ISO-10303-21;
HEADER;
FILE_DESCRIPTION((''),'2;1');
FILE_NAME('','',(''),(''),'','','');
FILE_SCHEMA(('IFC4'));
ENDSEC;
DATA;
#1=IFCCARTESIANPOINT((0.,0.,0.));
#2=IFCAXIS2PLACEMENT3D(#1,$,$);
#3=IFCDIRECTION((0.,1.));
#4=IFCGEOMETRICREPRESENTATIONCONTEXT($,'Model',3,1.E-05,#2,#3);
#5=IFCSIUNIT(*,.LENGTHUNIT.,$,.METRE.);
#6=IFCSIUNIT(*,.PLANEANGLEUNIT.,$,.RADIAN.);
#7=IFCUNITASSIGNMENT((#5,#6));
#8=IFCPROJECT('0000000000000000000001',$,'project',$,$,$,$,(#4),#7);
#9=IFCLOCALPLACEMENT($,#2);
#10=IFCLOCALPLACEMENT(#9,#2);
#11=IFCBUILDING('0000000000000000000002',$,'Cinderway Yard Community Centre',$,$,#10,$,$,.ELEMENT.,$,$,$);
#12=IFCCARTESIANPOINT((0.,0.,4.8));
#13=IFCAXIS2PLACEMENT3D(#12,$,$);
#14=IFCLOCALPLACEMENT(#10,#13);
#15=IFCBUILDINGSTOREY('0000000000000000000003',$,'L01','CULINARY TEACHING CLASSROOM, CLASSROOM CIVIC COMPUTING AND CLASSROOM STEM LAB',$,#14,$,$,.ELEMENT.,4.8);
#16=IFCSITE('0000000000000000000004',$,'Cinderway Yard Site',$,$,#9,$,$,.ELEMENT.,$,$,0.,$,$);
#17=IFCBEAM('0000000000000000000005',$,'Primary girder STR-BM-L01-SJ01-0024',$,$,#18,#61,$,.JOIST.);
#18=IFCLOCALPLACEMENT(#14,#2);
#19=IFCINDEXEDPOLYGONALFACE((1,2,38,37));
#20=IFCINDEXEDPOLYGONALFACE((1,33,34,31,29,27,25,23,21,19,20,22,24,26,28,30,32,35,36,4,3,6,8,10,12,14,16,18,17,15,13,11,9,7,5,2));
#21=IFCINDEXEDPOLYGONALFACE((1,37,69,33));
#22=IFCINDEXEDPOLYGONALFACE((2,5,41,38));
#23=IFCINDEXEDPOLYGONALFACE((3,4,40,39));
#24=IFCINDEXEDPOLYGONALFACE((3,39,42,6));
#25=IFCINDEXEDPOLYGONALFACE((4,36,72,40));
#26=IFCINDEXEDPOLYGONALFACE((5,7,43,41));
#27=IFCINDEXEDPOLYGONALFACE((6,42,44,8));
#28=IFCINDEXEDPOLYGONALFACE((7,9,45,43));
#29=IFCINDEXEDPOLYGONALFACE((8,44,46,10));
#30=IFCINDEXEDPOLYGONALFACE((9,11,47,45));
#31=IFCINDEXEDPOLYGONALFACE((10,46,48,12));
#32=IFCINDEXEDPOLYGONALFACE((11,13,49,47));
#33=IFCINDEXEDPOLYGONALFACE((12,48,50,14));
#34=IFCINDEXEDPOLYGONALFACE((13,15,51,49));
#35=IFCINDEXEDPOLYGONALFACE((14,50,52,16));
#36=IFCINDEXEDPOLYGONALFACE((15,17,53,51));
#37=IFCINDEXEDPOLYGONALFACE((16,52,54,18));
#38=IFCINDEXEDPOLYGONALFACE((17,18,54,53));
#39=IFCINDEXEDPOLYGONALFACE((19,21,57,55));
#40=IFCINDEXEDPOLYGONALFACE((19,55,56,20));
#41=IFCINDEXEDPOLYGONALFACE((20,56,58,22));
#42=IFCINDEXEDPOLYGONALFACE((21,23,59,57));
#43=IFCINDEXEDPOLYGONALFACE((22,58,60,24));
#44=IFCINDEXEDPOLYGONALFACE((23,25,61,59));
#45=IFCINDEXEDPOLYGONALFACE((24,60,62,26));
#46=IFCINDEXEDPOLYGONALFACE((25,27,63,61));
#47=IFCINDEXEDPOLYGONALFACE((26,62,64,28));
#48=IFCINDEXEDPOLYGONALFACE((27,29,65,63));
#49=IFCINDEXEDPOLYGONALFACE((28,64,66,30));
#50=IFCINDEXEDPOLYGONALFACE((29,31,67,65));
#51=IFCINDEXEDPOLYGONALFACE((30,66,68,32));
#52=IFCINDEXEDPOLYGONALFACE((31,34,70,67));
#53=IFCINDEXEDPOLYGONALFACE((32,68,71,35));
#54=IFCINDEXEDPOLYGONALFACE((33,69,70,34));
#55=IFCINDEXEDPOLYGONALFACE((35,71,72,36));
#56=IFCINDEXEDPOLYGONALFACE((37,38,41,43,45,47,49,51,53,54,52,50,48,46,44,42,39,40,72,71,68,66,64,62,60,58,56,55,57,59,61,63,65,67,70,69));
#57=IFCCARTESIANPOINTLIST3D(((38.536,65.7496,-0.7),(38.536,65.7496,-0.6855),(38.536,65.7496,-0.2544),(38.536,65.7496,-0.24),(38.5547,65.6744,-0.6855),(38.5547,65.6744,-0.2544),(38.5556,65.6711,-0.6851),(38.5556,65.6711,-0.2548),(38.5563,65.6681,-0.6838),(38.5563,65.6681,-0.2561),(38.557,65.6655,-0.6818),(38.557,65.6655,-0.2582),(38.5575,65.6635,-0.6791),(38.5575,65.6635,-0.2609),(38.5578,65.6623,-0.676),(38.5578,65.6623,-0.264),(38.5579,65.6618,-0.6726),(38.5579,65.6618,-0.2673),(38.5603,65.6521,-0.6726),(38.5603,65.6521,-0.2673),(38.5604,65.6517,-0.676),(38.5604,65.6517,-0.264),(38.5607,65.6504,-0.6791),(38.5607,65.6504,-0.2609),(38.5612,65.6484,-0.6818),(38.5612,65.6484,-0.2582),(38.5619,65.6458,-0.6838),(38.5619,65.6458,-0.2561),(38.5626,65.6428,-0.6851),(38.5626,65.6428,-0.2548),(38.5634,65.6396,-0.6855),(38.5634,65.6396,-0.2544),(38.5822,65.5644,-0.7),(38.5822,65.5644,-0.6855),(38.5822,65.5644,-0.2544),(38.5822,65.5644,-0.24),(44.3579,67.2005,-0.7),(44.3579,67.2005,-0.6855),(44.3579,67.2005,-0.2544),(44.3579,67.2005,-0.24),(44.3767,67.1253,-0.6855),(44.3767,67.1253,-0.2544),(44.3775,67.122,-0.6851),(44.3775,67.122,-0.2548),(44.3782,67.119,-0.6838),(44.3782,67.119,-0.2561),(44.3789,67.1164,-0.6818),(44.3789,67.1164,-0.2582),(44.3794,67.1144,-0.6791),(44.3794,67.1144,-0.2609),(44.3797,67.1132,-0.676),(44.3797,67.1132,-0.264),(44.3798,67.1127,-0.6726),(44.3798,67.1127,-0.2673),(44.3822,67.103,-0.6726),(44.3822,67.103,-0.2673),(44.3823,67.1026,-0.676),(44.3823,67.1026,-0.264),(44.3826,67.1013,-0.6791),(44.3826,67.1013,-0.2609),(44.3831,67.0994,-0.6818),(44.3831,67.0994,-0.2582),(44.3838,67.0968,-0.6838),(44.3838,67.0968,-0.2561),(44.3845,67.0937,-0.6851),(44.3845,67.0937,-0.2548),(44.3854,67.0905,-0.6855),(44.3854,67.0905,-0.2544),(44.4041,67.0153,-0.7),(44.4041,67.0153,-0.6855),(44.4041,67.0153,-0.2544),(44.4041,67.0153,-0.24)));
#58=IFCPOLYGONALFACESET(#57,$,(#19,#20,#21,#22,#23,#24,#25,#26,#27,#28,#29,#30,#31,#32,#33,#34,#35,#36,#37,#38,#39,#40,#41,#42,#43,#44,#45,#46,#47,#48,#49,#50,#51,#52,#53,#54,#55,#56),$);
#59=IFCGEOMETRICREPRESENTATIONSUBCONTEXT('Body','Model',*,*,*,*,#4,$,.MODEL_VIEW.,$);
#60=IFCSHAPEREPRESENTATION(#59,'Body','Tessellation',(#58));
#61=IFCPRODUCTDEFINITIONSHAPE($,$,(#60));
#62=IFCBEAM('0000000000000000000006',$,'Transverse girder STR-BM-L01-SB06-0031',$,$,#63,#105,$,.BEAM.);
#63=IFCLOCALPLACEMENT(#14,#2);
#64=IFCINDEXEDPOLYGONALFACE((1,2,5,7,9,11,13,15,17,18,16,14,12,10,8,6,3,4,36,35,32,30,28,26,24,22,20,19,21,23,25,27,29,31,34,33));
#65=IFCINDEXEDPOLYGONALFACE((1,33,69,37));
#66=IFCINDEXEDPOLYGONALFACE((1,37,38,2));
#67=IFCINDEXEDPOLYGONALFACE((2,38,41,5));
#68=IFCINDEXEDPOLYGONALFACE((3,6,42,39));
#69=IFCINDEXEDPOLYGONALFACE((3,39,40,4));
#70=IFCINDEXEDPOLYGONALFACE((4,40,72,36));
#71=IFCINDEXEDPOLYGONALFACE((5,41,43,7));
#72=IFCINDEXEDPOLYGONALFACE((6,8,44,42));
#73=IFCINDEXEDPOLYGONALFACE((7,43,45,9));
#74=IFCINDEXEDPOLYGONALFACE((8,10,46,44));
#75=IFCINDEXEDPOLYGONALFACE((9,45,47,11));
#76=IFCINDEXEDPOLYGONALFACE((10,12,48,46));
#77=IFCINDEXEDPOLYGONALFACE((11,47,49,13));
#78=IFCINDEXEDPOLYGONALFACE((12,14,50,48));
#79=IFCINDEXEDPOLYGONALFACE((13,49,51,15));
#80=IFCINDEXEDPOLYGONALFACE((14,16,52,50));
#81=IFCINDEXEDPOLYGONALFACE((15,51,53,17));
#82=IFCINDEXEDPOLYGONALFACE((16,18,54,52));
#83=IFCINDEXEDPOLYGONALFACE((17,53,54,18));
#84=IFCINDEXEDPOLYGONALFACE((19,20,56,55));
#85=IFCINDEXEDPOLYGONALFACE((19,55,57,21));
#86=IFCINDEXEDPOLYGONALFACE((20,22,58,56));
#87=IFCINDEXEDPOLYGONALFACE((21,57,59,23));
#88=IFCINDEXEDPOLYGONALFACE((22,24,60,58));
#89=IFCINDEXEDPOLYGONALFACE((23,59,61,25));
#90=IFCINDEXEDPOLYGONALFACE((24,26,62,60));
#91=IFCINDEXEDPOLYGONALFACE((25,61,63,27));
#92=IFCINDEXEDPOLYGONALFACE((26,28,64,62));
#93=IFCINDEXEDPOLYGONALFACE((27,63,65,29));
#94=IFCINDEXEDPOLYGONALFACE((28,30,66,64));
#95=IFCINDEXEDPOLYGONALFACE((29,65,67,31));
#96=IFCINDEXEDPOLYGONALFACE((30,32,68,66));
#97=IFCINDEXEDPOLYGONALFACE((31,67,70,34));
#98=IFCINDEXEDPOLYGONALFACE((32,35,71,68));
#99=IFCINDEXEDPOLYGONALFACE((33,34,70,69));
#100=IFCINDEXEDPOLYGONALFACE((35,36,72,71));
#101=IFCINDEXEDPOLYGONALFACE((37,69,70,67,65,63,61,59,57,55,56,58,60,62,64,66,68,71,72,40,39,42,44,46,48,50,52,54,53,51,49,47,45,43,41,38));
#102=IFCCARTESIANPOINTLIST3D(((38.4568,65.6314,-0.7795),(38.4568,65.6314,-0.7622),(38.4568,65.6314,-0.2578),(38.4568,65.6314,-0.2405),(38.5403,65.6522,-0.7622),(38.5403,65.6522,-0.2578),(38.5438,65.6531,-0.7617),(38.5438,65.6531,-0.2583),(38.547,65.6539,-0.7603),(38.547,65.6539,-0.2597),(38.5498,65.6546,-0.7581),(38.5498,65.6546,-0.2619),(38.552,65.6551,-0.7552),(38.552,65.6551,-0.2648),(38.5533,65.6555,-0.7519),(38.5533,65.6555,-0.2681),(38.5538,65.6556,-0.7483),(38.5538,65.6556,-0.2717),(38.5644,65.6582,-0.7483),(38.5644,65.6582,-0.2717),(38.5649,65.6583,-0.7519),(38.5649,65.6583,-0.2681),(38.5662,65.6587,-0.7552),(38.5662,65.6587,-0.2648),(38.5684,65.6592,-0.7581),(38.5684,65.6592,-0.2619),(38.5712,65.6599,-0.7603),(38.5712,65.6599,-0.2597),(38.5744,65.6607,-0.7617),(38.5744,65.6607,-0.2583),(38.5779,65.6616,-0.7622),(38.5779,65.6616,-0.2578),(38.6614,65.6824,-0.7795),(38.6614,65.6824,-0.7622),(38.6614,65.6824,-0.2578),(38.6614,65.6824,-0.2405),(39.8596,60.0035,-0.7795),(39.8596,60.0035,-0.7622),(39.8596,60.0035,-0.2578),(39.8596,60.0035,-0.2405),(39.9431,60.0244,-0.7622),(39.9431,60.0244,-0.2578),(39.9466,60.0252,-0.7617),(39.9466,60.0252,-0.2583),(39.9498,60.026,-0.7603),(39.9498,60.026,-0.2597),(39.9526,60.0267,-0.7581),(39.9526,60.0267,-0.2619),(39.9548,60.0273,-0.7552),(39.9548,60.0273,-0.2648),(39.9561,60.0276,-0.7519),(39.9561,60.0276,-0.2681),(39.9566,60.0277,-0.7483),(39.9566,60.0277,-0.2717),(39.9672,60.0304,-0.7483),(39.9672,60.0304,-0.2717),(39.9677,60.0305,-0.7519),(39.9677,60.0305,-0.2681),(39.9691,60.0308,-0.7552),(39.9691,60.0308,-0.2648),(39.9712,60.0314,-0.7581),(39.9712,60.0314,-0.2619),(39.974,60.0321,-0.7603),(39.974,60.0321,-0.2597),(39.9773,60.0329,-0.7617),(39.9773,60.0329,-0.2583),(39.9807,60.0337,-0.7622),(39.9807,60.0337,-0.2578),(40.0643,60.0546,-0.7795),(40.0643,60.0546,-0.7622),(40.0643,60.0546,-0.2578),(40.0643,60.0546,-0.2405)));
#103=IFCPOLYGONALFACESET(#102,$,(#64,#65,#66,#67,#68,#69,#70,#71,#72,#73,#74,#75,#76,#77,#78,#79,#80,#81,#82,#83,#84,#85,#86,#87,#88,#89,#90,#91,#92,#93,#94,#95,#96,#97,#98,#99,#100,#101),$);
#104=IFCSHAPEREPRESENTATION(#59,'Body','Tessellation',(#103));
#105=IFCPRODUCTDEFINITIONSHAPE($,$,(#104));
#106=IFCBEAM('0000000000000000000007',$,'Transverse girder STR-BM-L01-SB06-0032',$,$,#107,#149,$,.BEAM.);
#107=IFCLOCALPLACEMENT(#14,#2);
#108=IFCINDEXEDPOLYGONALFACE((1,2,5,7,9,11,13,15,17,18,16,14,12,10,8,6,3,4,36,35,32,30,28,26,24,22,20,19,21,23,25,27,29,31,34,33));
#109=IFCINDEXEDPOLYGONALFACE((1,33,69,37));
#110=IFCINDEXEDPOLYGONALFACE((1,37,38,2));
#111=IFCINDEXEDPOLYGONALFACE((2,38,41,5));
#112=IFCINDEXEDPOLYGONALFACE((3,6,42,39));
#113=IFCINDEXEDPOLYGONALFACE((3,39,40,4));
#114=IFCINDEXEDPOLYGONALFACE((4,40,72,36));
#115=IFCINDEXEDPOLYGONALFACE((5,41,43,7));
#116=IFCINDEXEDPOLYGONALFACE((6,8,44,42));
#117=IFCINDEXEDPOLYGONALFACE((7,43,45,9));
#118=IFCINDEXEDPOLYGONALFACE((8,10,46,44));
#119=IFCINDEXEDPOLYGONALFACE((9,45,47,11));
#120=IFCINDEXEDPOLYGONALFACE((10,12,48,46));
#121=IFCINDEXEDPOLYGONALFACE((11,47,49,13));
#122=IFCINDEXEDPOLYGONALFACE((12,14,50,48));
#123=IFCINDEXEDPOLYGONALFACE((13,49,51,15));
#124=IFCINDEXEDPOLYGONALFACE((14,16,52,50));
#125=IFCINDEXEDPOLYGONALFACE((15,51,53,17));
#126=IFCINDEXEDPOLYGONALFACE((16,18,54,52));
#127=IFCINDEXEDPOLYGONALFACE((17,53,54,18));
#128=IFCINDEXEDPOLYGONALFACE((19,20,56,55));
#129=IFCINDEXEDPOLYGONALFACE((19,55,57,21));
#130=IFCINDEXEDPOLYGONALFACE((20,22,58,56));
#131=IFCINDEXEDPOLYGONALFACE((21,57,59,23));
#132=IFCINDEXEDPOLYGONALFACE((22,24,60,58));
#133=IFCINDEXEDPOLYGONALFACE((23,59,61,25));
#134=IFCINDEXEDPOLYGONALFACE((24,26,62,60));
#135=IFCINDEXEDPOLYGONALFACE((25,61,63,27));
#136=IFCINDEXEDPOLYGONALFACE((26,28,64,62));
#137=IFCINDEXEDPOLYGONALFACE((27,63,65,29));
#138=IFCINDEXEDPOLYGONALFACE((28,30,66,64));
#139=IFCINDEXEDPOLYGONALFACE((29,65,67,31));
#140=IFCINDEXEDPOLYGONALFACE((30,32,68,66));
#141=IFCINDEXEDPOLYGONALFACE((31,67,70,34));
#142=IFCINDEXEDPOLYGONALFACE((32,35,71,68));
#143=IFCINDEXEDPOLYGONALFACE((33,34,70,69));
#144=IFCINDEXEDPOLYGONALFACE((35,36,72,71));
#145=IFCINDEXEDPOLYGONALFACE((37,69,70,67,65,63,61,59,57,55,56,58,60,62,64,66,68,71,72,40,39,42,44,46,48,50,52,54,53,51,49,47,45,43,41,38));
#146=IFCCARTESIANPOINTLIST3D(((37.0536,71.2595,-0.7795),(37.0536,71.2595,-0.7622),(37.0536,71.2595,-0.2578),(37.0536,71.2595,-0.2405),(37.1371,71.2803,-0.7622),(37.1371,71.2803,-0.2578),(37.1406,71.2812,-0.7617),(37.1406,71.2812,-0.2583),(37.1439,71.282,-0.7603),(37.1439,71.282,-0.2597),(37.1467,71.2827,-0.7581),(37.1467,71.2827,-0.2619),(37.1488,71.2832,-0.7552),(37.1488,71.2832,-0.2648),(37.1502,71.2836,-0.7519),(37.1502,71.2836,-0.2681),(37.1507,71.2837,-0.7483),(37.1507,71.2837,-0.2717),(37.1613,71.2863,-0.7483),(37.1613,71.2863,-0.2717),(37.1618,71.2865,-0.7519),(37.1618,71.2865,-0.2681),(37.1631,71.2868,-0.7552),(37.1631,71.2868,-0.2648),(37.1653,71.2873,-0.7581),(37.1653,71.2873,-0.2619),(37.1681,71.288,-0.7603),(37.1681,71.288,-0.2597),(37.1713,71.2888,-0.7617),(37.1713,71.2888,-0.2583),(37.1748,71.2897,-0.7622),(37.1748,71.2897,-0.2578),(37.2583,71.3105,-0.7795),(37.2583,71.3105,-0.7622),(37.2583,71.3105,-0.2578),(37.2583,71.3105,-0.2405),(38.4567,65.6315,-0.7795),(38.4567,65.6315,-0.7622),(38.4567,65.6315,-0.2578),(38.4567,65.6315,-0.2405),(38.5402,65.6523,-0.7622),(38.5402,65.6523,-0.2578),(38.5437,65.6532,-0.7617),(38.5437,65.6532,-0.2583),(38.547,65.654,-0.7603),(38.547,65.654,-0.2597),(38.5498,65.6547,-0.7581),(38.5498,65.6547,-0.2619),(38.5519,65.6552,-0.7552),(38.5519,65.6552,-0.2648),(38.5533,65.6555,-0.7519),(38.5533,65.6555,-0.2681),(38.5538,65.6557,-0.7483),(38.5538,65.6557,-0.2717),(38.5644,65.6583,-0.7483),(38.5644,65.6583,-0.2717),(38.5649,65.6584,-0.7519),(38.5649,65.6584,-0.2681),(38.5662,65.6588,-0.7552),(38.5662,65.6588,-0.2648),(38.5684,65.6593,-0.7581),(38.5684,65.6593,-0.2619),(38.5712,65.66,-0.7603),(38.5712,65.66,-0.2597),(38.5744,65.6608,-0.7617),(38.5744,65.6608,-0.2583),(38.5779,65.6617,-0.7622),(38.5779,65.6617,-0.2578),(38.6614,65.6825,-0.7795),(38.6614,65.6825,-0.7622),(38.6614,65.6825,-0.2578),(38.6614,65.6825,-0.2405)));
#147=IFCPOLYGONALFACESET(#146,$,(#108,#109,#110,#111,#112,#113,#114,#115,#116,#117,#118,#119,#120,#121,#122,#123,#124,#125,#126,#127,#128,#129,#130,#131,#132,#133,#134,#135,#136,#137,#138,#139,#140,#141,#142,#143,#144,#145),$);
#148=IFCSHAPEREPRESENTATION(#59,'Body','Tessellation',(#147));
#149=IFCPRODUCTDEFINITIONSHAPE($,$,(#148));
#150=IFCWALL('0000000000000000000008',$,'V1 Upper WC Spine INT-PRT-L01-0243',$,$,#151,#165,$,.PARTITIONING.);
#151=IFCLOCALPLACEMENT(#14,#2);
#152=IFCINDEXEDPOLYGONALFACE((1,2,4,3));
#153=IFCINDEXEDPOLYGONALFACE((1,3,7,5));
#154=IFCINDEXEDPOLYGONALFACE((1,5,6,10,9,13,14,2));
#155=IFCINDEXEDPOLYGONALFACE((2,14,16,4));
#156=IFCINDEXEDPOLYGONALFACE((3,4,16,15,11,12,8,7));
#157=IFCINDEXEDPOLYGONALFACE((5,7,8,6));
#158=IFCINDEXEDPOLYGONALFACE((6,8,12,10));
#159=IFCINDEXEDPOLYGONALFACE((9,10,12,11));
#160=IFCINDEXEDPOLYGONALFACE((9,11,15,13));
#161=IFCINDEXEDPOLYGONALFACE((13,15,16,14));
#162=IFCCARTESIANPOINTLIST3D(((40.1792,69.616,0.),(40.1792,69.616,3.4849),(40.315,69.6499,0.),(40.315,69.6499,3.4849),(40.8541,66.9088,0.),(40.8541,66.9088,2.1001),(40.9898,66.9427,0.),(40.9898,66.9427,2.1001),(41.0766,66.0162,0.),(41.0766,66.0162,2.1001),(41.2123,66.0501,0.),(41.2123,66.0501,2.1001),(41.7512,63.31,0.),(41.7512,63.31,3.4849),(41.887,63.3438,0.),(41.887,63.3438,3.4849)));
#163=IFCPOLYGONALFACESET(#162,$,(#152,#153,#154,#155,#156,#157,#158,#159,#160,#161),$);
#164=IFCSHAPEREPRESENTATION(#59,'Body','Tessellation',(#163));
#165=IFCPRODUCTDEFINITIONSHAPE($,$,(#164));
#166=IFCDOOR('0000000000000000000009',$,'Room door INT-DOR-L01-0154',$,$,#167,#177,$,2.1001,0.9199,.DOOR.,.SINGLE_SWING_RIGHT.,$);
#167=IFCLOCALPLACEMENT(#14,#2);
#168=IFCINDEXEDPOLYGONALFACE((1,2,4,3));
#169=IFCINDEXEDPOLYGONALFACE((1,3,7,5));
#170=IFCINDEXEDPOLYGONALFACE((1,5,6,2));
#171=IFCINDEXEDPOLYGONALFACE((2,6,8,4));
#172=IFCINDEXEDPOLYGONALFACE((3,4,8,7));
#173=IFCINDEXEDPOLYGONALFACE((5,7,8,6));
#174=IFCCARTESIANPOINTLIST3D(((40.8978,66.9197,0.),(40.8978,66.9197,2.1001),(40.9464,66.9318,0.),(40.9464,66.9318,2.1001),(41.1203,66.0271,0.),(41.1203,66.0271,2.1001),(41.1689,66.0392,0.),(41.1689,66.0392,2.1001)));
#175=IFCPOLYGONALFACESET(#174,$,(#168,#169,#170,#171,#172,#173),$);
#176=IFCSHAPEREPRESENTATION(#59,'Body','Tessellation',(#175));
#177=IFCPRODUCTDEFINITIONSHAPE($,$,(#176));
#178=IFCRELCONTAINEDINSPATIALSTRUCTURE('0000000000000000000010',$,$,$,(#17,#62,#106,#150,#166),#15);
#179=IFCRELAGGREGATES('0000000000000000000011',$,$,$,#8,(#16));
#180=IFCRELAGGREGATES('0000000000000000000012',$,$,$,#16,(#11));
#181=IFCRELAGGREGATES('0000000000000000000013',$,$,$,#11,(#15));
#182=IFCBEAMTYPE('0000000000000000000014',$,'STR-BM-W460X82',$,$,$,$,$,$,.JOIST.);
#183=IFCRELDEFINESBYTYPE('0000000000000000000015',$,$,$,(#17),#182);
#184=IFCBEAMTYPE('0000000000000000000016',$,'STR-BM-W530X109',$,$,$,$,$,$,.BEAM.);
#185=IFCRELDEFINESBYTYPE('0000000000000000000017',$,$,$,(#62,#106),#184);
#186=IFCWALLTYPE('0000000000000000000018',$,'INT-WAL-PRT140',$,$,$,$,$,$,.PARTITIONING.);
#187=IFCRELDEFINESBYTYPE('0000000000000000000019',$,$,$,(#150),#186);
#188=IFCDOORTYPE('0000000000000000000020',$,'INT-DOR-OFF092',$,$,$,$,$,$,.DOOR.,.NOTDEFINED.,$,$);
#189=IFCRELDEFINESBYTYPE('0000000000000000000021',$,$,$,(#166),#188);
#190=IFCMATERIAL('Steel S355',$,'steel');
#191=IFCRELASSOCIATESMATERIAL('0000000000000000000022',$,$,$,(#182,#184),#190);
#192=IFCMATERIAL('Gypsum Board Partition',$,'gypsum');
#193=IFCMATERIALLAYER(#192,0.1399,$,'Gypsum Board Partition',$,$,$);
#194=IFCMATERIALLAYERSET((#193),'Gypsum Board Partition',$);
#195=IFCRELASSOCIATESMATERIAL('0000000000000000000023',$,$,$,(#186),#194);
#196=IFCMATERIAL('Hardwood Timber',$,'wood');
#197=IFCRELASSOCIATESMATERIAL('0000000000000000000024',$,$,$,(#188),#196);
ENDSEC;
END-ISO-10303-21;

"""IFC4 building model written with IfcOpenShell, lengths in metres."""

from ifc_helpers import new_model, si_unit, direction, frame, frame_2d, origin, origin_2d, place, context, subcontext, project, spatial, rectangle, i_section, extrude, material, layer, layer_set, material_profile, profile_set, type_object, element, fill, save


model = new_model("IFC4")

# Units and contexts
model_context = context("Model", 3, precision=1e-05, world=origin(), true_north=direction((0.0, 1.0)))
body_context = subcontext(model_context, "Body", "Model", "MODEL_VIEW")
ifc_project = project(units=[si_unit("LENGTHUNIT", "METRE"), si_unit("PLANEANGLEUNIT", "RADIAN")], contexts=[model_context])

# Site, building, storey
site_placement = place(None, origin())
site = spatial("IfcSite", under=ifc_project, at=site_placement, Name="Cinderway Yard Site", CompositionType="ELEMENT", RefElevation=0.0)
building_placement = place(site_placement, origin())
building = spatial("IfcBuilding", under=site, at=building_placement, Name="Cinderway Yard Community Centre", CompositionType="ELEMENT")
storey_placement = place(building_placement, frame((0.0, 0.0, 4.8)))
storey = spatial("IfcBuildingStorey", under=building, at=storey_placement, Name="L01", Description="CULINARY TEACHING CLASSROOM, CLASSROOM CIVIC COMPUTING AND CLASSROOM STEM LAB", CompositionType="ELEMENT", Elevation=4.8)

# Beams
ifc_material_1 = material(Name="Steel S355", Category="steel")
ifc_material_profile_1 = material_profile(ifc_material_1, i_section(OverallWidth=0.1909, OverallDepth=0.46, WebThickness=0.01, FlangeThickness=0.0144, FilletRadius=0.0129, at=origin_2d()), Name="Steel S355")
ifc_profile_set_1 = profile_set([ifc_material_profile_1], Name="Steel S355")
beam_type_1 = type_object("IfcBeamType", Name="STR-BM-W460X82", PredefinedType="JOIST", material=ifc_profile_set_1)
beam_1_placement = place(storey_placement, frame((38.5591, 65.657, -0.47), z_axis=(0.970322, 0.241818, 0.0), x_axis=(-0.241818, 0.970322, 0.0)))
element("IfcBeam", 1, at=beam_1_placement, inside=storey, type_object=beam_type_1, Name="Primary girder STR-BM-L01-SJ01-0024", PredefinedType="JOIST", context=body_context, shape_type="SweptSolid", body=[
    extrude(i_section(OverallWidth=0.1909, OverallDepth=0.46, WebThickness=0.01, FlangeThickness=0.0144, FilletRadius=0.0129, at=origin_2d()), origin(), (0.0, 0.0, 1.0), 6.0),
])
ifc_material_profile_2 = material_profile(ifc_material_1, i_section(OverallWidth=0.2109, OverallDepth=0.5391, WebThickness=0.011, FlangeThickness=0.0173, FilletRadius=0.0139, at=origin_2d()), Name="Steel S355")
ifc_profile_set_2 = profile_set([ifc_material_profile_2], Name="Steel S355")
beam_type_2 = type_object("IfcBeamType", Name="STR-BM-W530X109", PredefinedType="BEAM", material=ifc_profile_set_2)
beam_2_placement = place(storey_placement, frame((39.9619, 60.0291, -0.51), z_axis=(-0.241862, 0.970311, 0.0), x_axis=(-0.970311, -0.241862, 0.0)))
element("IfcBeam", 2, at=beam_2_placement, inside=storey, type_object=beam_type_2, Name="Transverse girder STR-BM-L01-SB06-0031", PredefinedType="BEAM", context=body_context, shape_type="SweptSolid", body=[
    extrude(i_section(OverallWidth=0.2109, OverallDepth=0.5391, WebThickness=0.011, FlangeThickness=0.0173, FilletRadius=0.0139, at=origin_2d()), origin(), (0.0, 0.0, 1.0), 5.8),
])
beam_3_placement = place(storey_placement, frame((38.5591, 65.657, -0.51), z_axis=(-0.241902, 0.970301, 0.0), x_axis=(-0.970301, -0.241902, 0.0)))
element("IfcBeam", 3, at=beam_3_placement, inside=storey, type_object=beam_type_2, Name="Transverse girder STR-BM-L01-SB06-0032", PredefinedType="BEAM", context=body_context, shape_type="SweptSolid", body=[
    extrude(i_section(OverallWidth=0.2109, OverallDepth=0.5391, WebThickness=0.011, FlangeThickness=0.0173, FilletRadius=0.0139, at=origin_2d()), origin(), (0.0, 0.0, 1.0), 5.8003),
])

# Wall, opening, door
ifc_material_2 = material(Name="Gypsum Board Partition", Category="gypsum")
ifc_layer = layer(ifc_material_2, 0.1399, Name="Gypsum Board Partition")
ifc_layer_set = layer_set([ifc_layer], Name="Gypsum Board Partition")
wall_type = type_object("IfcWallType", Name="INT-WAL-PRT140", PredefinedType="PARTITIONING", material=ifc_layer_set)
wall_1_placement = place(storey_placement, frame((41.8191, 63.3269, 0.0), z_axis=(0.0, 0.0, 1.0), x_axis=(-0.241881, 0.970306, 0.0)))
wall_1 = element("IfcWall", 4, at=wall_1_placement, inside=storey, type_object=wall_type, Name="V1 Upper WC Spine INT-PRT-L01-0243", PredefinedType="PARTITIONING", context=body_context, shape_type="SweptSolid", body=[
    extrude(rectangle(XDim=6.499, YDim=0.1399, at=frame_2d((3.2495, 0.0))), origin(), (0.0, 0.0, 1.0), 3.4849),
])
opening_1_placement = place(wall_1_placement, frame((2.7891, 0.0, 0.0)))
opening_1 = element("IfcOpeningElement", 5, at=opening_1_placement, cuts=wall_1, PredefinedType="OPENING", context=body_context, shape_type="SweptSolid", body=[
    extrude(rectangle(XDim=0.9199, YDim=2.1001, at=frame_2d((0.46, 1.05))), frame((0.0, 0.0798, 0.0), z_axis=(0.0, -1.0, 0.0), x_axis=(1.0, 0.0, 0.0)), (0.0, 0.0, 1.0), 0.1599),
])
ifc_material_3 = material(Name="Hardwood Timber", Category="wood")
door_type_1 = type_object("IfcDoorType", Name="INT-DOR-OFF092", OperationType="NOTDEFINED", PredefinedType="DOOR", material=ifc_material_3)
door_1_placement = place(opening_1_placement, origin())
door_1 = element("IfcDoor", 6, at=door_1_placement, inside=storey, type_object=door_type_1, Name="Room door INT-DOR-L01-0154", OperationType="SINGLE_SWING_RIGHT", OverallHeight=2.1001, OverallWidth=0.9199, PredefinedType="DOOR", context=body_context, shape_type="SweptSolid", body=[
    extrude(rectangle(XDim=0.9199, YDim=2.1001, at=frame_2d((0.46, 1.05))), frame((0.0, 0.0249, 0.0), z_axis=(0.0, -1.0, 0.0), x_axis=(1.0, 0.0, 0.0)), (0.0, 0.0, 1.0), 0.05),
])
fill(opening_1, door_1)

save(model, "model.ifc")
